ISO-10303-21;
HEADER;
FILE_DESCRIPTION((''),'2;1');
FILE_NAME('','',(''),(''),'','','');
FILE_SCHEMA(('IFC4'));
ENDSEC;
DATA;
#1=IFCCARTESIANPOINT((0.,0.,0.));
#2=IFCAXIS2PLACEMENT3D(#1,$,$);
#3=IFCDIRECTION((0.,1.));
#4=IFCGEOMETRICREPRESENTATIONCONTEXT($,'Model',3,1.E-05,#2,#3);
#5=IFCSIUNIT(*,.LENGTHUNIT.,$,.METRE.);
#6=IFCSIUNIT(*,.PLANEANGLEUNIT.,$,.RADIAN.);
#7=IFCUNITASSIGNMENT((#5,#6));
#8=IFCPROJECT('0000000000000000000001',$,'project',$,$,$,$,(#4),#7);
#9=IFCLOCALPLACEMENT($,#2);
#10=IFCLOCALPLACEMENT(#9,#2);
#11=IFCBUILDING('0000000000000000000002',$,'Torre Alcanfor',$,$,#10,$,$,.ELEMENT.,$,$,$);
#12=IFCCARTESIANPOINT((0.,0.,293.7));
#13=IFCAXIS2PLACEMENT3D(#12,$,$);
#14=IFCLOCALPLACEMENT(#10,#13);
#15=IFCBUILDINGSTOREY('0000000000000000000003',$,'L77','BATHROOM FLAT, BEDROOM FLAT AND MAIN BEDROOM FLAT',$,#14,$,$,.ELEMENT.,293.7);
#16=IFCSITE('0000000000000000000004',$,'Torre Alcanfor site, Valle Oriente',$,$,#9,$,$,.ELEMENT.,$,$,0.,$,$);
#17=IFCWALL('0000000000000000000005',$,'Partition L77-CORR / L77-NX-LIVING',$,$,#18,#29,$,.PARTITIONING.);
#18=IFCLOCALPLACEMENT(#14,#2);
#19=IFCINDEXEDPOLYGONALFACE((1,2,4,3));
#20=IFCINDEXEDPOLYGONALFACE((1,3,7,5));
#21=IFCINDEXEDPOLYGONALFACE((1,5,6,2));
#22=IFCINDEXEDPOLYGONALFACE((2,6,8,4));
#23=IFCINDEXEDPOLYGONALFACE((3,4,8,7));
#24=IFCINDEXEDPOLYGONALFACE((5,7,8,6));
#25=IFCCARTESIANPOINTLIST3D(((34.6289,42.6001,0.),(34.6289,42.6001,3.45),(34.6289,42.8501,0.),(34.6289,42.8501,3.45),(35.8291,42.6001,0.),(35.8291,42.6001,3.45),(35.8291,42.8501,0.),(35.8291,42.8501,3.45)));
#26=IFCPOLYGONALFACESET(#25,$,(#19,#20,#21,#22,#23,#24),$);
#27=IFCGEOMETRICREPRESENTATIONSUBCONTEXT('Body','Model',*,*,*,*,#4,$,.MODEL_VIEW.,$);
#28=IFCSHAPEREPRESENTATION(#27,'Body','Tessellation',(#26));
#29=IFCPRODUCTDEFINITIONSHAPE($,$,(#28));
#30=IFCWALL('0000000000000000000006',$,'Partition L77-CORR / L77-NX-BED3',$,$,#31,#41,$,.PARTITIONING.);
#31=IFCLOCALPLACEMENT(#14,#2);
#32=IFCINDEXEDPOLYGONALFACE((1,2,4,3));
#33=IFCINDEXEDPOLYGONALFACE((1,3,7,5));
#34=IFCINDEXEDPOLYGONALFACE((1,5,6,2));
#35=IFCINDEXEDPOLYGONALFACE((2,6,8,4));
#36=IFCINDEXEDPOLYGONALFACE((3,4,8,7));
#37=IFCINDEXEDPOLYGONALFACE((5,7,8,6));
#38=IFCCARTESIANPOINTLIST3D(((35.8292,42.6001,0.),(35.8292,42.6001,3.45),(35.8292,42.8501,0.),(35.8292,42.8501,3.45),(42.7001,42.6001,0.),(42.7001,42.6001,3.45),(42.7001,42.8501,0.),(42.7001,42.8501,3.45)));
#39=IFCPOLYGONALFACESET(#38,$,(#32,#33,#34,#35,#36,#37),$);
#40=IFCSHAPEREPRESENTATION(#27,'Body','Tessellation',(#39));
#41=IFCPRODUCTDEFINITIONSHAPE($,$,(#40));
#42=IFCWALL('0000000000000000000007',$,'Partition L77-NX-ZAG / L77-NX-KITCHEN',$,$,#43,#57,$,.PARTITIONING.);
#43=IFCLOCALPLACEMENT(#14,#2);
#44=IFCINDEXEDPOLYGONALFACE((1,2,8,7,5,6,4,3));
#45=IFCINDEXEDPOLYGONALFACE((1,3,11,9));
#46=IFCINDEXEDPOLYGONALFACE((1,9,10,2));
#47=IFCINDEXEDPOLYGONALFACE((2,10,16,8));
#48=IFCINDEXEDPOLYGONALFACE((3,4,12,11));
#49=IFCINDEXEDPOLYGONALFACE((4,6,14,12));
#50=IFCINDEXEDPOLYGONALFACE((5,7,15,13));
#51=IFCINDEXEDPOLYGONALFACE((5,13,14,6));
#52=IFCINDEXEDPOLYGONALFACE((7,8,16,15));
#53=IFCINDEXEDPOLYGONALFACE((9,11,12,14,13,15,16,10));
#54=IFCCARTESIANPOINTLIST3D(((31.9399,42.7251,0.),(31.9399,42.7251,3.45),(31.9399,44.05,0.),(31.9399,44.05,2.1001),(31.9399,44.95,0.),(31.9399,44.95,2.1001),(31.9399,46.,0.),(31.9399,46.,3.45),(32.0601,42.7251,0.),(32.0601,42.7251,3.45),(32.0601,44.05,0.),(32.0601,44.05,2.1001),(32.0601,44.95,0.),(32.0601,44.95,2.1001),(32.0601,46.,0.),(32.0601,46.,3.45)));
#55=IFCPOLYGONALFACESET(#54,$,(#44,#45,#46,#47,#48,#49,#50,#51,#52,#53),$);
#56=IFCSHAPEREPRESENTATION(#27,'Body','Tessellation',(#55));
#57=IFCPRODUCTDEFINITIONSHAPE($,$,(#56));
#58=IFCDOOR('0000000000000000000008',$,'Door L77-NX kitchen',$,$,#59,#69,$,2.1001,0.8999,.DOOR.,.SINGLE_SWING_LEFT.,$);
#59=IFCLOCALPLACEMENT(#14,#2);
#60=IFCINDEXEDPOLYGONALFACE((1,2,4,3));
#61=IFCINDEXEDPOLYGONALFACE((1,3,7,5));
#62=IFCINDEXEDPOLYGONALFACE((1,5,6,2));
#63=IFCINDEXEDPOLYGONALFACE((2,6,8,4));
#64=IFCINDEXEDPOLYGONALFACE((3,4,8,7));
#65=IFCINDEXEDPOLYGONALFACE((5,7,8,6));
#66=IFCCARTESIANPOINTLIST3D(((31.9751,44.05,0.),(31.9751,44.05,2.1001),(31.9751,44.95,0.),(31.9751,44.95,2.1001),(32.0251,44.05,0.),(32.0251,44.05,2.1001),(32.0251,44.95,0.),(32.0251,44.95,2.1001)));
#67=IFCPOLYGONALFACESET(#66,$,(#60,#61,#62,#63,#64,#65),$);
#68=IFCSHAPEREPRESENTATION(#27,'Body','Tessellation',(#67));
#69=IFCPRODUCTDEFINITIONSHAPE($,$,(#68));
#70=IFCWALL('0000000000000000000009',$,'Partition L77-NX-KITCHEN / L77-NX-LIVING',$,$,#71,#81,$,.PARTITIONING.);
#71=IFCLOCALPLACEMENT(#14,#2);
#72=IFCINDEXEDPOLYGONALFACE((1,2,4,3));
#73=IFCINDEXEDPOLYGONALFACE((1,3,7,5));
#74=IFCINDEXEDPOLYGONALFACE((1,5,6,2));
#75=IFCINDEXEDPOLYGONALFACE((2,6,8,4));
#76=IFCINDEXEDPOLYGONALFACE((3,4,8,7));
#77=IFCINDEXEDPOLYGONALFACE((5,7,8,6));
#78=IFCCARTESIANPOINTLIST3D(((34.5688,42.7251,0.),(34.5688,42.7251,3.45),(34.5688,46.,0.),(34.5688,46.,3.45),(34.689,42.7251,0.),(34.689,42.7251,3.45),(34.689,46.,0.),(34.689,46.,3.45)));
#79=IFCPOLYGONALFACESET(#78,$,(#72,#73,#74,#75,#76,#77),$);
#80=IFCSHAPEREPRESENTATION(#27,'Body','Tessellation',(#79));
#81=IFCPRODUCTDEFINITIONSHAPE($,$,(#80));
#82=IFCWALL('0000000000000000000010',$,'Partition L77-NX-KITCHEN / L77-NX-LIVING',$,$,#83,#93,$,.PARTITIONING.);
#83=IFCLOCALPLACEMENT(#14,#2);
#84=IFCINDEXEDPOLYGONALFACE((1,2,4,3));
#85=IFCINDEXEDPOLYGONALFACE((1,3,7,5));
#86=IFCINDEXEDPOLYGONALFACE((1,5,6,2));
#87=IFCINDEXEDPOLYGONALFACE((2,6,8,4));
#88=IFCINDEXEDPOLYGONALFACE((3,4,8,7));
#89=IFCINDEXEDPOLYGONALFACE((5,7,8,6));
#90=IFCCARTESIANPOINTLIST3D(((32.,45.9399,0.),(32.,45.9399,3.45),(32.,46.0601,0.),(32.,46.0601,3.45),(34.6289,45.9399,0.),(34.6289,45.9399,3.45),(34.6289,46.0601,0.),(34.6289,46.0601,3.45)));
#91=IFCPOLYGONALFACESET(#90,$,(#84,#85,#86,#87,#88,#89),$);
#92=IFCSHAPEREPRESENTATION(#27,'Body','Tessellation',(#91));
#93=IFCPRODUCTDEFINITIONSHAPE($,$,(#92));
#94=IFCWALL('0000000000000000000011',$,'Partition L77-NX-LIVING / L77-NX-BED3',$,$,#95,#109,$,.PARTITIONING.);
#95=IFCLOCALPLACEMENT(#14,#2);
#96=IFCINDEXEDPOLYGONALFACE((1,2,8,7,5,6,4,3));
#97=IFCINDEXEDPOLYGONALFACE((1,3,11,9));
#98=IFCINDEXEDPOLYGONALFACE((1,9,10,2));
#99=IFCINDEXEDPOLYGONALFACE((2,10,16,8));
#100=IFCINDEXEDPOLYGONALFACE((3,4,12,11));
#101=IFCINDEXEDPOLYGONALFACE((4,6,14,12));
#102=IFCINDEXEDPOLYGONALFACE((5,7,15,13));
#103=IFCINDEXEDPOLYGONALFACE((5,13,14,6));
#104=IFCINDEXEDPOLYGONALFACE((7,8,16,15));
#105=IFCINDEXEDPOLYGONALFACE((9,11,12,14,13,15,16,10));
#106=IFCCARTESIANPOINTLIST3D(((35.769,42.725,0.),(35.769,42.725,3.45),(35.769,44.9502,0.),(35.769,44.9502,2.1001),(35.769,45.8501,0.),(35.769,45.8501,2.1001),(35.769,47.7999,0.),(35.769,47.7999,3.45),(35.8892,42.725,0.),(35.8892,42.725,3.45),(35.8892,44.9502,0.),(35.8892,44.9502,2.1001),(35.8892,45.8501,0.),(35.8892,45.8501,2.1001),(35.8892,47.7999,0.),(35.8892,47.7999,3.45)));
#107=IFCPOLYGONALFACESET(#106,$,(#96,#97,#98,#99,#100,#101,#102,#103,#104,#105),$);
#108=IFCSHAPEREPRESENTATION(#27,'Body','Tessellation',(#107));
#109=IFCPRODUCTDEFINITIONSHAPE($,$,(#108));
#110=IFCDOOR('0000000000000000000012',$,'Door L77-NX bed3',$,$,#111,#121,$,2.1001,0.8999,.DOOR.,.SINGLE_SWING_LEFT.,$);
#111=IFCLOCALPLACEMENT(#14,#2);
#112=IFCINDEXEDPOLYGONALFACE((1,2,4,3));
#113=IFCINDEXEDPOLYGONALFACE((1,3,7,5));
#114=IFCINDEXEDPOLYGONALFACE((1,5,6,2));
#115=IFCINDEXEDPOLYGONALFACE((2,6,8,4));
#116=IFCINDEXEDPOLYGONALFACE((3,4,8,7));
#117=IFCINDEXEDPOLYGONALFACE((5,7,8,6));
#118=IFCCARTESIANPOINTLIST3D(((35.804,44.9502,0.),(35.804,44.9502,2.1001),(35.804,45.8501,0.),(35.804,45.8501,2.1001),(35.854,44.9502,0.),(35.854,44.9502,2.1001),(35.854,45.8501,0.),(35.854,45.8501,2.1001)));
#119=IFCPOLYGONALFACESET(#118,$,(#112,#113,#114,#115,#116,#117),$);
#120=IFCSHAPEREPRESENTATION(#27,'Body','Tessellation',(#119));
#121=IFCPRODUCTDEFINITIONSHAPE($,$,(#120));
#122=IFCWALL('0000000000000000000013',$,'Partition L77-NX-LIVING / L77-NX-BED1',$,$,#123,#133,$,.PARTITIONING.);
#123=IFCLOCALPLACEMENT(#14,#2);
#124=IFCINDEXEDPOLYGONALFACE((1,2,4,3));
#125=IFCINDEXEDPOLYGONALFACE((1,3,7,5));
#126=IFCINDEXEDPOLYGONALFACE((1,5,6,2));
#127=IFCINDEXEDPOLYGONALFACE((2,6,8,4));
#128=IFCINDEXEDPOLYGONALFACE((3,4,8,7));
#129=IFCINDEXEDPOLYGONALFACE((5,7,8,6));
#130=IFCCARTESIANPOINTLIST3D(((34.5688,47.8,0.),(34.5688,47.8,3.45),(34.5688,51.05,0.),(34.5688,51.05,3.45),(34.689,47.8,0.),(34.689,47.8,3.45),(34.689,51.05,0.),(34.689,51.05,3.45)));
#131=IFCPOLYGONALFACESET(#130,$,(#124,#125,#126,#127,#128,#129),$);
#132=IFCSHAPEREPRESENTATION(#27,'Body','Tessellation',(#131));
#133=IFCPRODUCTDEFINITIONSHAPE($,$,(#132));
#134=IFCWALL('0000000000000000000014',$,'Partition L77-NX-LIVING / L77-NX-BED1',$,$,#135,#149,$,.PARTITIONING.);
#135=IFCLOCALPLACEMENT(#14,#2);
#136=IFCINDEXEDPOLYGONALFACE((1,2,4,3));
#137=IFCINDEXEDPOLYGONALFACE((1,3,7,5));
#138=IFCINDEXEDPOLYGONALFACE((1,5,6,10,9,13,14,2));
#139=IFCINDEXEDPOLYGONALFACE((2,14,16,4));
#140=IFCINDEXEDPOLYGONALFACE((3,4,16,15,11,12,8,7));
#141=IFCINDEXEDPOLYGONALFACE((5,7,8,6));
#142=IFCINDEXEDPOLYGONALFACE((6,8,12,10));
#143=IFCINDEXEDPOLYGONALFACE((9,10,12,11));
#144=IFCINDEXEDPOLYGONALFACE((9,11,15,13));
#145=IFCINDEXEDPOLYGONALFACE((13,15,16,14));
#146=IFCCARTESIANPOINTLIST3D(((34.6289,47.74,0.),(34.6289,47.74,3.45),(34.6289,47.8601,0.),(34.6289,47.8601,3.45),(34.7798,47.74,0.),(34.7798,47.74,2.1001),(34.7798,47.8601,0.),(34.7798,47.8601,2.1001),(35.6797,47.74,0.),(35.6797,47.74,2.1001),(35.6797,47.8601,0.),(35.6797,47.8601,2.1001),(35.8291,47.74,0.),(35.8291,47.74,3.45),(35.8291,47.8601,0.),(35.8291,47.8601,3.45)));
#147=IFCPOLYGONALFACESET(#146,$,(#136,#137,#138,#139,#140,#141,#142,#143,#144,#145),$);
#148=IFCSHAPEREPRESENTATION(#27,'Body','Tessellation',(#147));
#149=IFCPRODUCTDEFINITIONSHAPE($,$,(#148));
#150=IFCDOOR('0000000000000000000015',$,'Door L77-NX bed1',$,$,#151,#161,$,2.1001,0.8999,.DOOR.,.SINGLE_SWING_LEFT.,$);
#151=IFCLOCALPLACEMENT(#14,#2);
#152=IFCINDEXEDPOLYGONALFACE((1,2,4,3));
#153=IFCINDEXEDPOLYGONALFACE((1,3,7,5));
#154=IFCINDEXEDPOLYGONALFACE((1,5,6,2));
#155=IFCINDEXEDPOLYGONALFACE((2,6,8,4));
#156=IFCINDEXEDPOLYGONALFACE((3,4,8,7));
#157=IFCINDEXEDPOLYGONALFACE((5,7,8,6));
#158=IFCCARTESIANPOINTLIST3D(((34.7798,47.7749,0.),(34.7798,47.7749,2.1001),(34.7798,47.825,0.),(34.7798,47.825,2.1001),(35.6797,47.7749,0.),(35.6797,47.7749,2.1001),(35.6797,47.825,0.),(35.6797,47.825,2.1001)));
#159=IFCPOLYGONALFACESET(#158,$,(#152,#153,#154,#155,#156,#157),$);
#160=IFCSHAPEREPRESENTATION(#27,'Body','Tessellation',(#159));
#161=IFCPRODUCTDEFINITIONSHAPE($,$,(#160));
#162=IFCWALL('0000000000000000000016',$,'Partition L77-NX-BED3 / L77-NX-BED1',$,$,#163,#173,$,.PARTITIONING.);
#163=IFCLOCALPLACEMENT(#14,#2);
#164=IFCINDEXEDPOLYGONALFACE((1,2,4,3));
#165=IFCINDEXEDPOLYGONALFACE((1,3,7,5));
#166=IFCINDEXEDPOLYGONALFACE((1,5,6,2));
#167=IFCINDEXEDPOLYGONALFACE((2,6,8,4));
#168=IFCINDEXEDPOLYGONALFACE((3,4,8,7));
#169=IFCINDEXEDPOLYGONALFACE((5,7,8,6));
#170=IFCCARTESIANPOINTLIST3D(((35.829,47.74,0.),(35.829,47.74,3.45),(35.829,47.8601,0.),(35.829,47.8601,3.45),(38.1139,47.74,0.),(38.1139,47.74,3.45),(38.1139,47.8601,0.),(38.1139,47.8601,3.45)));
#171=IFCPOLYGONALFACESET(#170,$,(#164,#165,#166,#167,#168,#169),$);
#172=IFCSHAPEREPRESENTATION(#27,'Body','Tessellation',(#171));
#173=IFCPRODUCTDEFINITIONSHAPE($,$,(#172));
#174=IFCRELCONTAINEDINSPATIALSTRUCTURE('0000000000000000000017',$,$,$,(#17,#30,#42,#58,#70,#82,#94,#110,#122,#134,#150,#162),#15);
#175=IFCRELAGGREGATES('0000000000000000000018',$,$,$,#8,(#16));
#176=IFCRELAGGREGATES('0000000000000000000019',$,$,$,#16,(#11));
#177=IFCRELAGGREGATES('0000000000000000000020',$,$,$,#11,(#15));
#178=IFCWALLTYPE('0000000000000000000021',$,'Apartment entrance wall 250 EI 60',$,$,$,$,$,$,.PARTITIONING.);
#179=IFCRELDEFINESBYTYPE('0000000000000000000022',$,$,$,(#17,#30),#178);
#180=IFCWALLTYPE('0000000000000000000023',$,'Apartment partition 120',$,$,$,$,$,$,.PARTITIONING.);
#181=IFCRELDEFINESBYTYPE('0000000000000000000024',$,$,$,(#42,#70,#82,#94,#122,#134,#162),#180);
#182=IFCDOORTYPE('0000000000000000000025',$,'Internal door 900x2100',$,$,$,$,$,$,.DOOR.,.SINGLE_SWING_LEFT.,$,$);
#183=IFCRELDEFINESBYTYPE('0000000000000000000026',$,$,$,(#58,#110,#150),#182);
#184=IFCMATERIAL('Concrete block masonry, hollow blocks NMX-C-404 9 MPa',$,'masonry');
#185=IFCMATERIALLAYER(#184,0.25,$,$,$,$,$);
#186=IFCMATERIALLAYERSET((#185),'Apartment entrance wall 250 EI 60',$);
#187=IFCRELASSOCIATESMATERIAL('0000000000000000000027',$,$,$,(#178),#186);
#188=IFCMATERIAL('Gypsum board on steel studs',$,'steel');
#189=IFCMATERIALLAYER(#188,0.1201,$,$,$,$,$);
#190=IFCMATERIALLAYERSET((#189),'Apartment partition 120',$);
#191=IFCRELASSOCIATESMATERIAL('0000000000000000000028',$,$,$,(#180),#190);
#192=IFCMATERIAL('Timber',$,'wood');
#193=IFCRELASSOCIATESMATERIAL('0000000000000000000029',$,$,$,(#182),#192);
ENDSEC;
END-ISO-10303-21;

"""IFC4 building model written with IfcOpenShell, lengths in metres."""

from ifc_helpers import new_model, si_unit, direction, frame, frame_2d, origin, place, context, subcontext, project, spatial, rectangle, extrude, material, layer, layer_set, type_object, element, fill, save


model = new_model("IFC4")

# Units and contexts
model_context = context("Model", 3, precision=1e-05, world=origin(), true_north=direction((0.0, 1.0)))
body_context = subcontext(model_context, "Body", "Model", "MODEL_VIEW")
ifc_project = project(units=[si_unit("LENGTHUNIT", "METRE"), si_unit("PLANEANGLEUNIT", "RADIAN")], contexts=[model_context])

# Site, building, storey
site_placement = place(None, origin())
site = spatial("IfcSite", under=ifc_project, at=site_placement, Name="Torre Alcanfor site, Valle Oriente", CompositionType="ELEMENT", RefElevation=0.0)
building_placement = place(site_placement, origin())
building = spatial("IfcBuilding", under=site, at=building_placement, Name="Torre Alcanfor", CompositionType="ELEMENT")
storey_placement = place(building_placement, frame((0.0, 0.0, 293.7)))
storey = spatial("IfcBuildingStorey", under=building, at=storey_placement, Name="L77", Description="BATHROOM FLAT, BEDROOM FLAT AND MAIN BEDROOM FLAT", CompositionType="ELEMENT", Elevation=293.7)

# Walls
ifc_material_1 = material(Name="Concrete block masonry, hollow blocks NMX-C-404 9 MPa", Category="masonry")
ifc_layer_1 = layer(ifc_material_1, 0.25)
ifc_layer_set_1 = layer_set([ifc_layer_1], Name="Apartment entrance wall 250 EI 60")
wall_type_1 = type_object("IfcWallType", Name="Apartment entrance wall 250 EI 60", PredefinedType="PARTITIONING", material=ifc_layer_set_1)
wall_1_placement = place(storey_placement, frame((34.6289, 42.7251, 0.0), z_axis=(0.0, 0.0, 1.0), x_axis=(1.0, 0.0, 0.0)))
element("IfcWall", 1, at=wall_1_placement, inside=storey, type_object=wall_type_1, Name="Partition L77-CORR / L77-NX-LIVING", PredefinedType="PARTITIONING", context=body_context, shape_type="SweptSolid", body=[
    extrude(rectangle(XDim=1.2002, YDim=0.25, at=frame_2d((0.6001, 0.0))), origin(), (0.0, 0.0, 1.0), 3.45),
])
wall_2_placement = place(storey_placement, frame((35.8291, 42.7251, 0.0), z_axis=(0.0, 0.0, 1.0), x_axis=(1.0, 0.0, 0.0)))
element("IfcWall", 2, at=wall_2_placement, inside=storey, type_object=wall_type_1, Name="Partition L77-CORR / L77-NX-BED3", PredefinedType="PARTITIONING", context=body_context, shape_type="SweptSolid", body=[
    extrude(rectangle(XDim=6.8708, YDim=0.25, at=frame_2d((3.4355, 0.0))), origin(), (0.0, 0.0, 1.0), 3.45),
])

# Wall, opening, door
ifc_material_2 = material(Name="Gypsum board on steel studs", Category="steel")
ifc_layer_2 = layer(ifc_material_2, 0.1201)
ifc_layer_set_2 = layer_set([ifc_layer_2], Name="Apartment partition 120")
wall_type_2 = type_object("IfcWallType", Name="Apartment partition 120", PredefinedType="PARTITIONING", material=ifc_layer_set_2)
wall_3_placement = place(storey_placement, frame((32.0, 42.7251, 0.0), z_axis=(0.0, 0.0, 1.0), x_axis=(0.0, 1.0, 0.0)))
wall_3 = element("IfcWall", 3, at=wall_3_placement, inside=storey, type_object=wall_type_2, Name="Partition L77-NX-ZAG / L77-NX-KITCHEN", PredefinedType="PARTITIONING", context=body_context, shape_type="SweptSolid", body=[
    extrude(rectangle(XDim=3.2749, YDim=0.1201, at=frame_2d((1.6375, 0.0))), origin(), (0.0, 0.0, 1.0), 3.45),
])
opening_1_placement = place(wall_3_placement, frame((1.325, 0.0, 0.0)))
opening_1 = element("IfcOpeningElement", 4, at=opening_1_placement, cuts=wall_3, PredefinedType="OPENING", context=body_context, shape_type="SweptSolid", body=[
    extrude(rectangle(XDim=0.8999, YDim=2.1001, at=frame_2d((0.45, 1.05))), frame((0.0, 0.0701, 0.0), z_axis=(0.0, -1.0, 0.0), x_axis=(1.0, 0.0, 0.0)), (0.0, 0.0, 1.0), 0.1401),
])
ifc_material_3 = material(Name="Timber", Category="wood")
door_type_1 = type_object("IfcDoorType", Name="Internal door 900x2100", OperationType="SINGLE_SWING_LEFT", PredefinedType="DOOR", material=ifc_material_3)
door_1_placement = place(opening_1_placement, frame((0.8999, 0.0, 0.0), z_axis=(0.0, 0.0, 1.0), x_axis=(-1.0, 0.0, 0.0)))
door_1 = element("IfcDoor", 5, at=door_1_placement, inside=storey, type_object=door_type_1, Name="Door L77-NX kitchen", OperationType="SINGLE_SWING_LEFT", OverallHeight=2.1001, OverallWidth=0.8999, PredefinedType="DOOR", context=body_context, shape_type="SweptSolid", body=[
    extrude(rectangle(XDim=0.8999, YDim=2.1001, at=frame_2d((0.45, 1.05))), frame((0.0, 0.0251, 0.0), z_axis=(0.0, -1.0, 0.0), x_axis=(1.0, 0.0, 0.0)), (0.0, 0.0, 1.0), 0.05),
])
fill(opening_1, door_1)

# Walls
wall_4_placement = place(storey_placement, frame((34.6289, 42.7251, 0.0), z_axis=(0.0, 0.0, 1.0), x_axis=(0.0, 1.0, 0.0)))
element("IfcWall", 6, at=wall_4_placement, inside=storey, type_object=wall_type_2, Name="Partition L77-NX-KITCHEN / L77-NX-LIVING", PredefinedType="PARTITIONING", context=body_context, shape_type="SweptSolid", body=[
    extrude(rectangle(XDim=3.2749, YDim=0.1201, at=frame_2d((1.6375, 0.0))), origin(), (0.0, 0.0, 1.0), 3.45),
])
wall_5_placement = place(storey_placement, frame((34.6289, 46.0, 0.0), z_axis=(0.0, 0.0, 1.0), x_axis=(-1.0, 0.0, 0.0)))
element("IfcWall", 7, at=wall_5_placement, inside=storey, type_object=wall_type_2, Name="Partition L77-NX-KITCHEN / L77-NX-LIVING", PredefinedType="PARTITIONING", context=body_context, shape_type="SweptSolid", body=[
    extrude(rectangle(XDim=2.6289, YDim=0.1201, at=frame_2d((1.3145, 0.0))), origin(), (0.0, 0.0, 1.0), 3.45),
])

# Wall, opening, door
wall_6_placement = place(storey_placement, frame((35.8291, 47.8, 0.0), z_axis=(0.0, 0.0, 1.0), x_axis=(0.0, -1.0, 0.0)))
wall_6 = element("IfcWall", 8, at=wall_6_placement, inside=storey, type_object=wall_type_2, Name="Partition L77-NX-LIVING / L77-NX-BED3", PredefinedType="PARTITIONING", context=body_context, shape_type="SweptSolid", body=[
    extrude(rectangle(XDim=5.075, YDim=0.1201, at=frame_2d((2.5376, 0.0))), origin(), (0.0, 0.0, 1.0), 3.45),
])
opening_2_placement = place(wall_6_placement, frame((1.95, 0.0, 0.0)))
opening_2 = element("IfcOpeningElement", 9, at=opening_2_placement, cuts=wall_6, PredefinedType="OPENING", context=body_context, shape_type="SweptSolid", body=[
    extrude(rectangle(XDim=0.8999, YDim=2.1001, at=frame_2d((0.45, 1.05))), frame((0.0, 0.0701, 0.0), z_axis=(0.0, -1.0, 0.0), x_axis=(1.0, 0.0, 0.0)), (0.0, 0.0, 1.0), 0.1401),
])
door_2_placement = place(opening_2_placement, origin())
door_2 = element("IfcDoor", 10, at=door_2_placement, inside=storey, type_object=door_type_1, Name="Door L77-NX bed3", OperationType="SINGLE_SWING_LEFT", OverallHeight=2.1001, OverallWidth=0.8999, PredefinedType="DOOR", context=body_context, shape_type="SweptSolid", body=[
    extrude(rectangle(XDim=0.8999, YDim=2.1001, at=frame_2d((0.45, 1.05))), frame((0.0, 0.0249, 0.0), z_axis=(0.0, -1.0, 0.0), x_axis=(1.0, 0.0, 0.0)), (0.0, 0.0, 1.0), 0.05),
])
fill(opening_2, door_2)

# Wall
wall_7_placement = place(storey_placement, frame((34.6289, 51.05, 0.0), z_axis=(0.0, 0.0, 1.0), x_axis=(0.0, -1.0, 0.0)))
element("IfcWall", 11, at=wall_7_placement, inside=storey, type_object=wall_type_2, Name="Partition L77-NX-LIVING / L77-NX-BED1", PredefinedType="PARTITIONING", context=body_context, shape_type="SweptSolid", body=[
    extrude(rectangle(XDim=3.25, YDim=0.1201, at=frame_2d((1.625, 0.0))), origin(), (0.0, 0.0, 1.0), 3.45),
])

# Wall, opening, door
wall_8_placement = place(storey_placement, frame((34.6289, 47.8, 0.0), z_axis=(0.0, 0.0, 1.0), x_axis=(1.0, 0.0, 0.0)))
wall_8 = element("IfcWall", 12, at=wall_8_placement, inside=storey, type_object=wall_type_2, Name="Partition L77-NX-LIVING / L77-NX-BED1", PredefinedType="PARTITIONING", context=body_context, shape_type="SweptSolid", body=[
    extrude(rectangle(XDim=1.2002, YDim=0.1201, at=frame_2d((0.6001, 0.0))), origin(), (0.0, 0.0, 1.0), 3.45),
])
opening_3_placement = place(wall_8_placement, frame((0.1509, 0.0, 0.0)))
opening_3 = element("IfcOpeningElement", 13, at=opening_3_placement, cuts=wall_8, PredefinedType="OPENING", context=body_context, shape_type="SweptSolid", body=[
    extrude(rectangle(XDim=0.8999, YDim=2.1001, at=frame_2d((0.45, 1.05))), frame((0.0, 0.0701, 0.0), z_axis=(0.0, -1.0, 0.0), x_axis=(1.0, 0.0, 0.0)), (0.0, 0.0, 1.0), 0.1401),
])
door_3_placement = place(opening_3_placement, origin())
door_3 = element("IfcDoor", 14, at=door_3_placement, inside=storey, type_object=door_type_1, Name="Door L77-NX bed1", OperationType="SINGLE_SWING_LEFT", OverallHeight=2.1001, OverallWidth=0.8999, PredefinedType="DOOR", context=body_context, shape_type="SweptSolid", body=[
    extrude(rectangle(XDim=0.8999, YDim=2.1001, at=frame_2d((0.45, 1.05))), frame((0.0, 0.0249, 0.0), z_axis=(0.0, -1.0, 0.0), x_axis=(1.0, 0.0, 0.0)), (0.0, 0.0, 1.0), 0.05),
])
fill(opening_3, door_3)

# Wall
wall_9_placement = place(storey_placement, frame((38.114, 47.8, 0.0), z_axis=(0.0, 0.0, 1.0), x_axis=(-1.0, 0.0, 0.0)))
element("IfcWall", 15, at=wall_9_placement, inside=storey, type_object=wall_type_2, Name="Partition L77-NX-BED3 / L77-NX-BED1", PredefinedType="PARTITIONING", context=body_context, shape_type="SweptSolid", body=[
    extrude(rectangle(XDim=2.2849, YDim=0.1201, at=frame_2d((1.1426, 0.0))), origin(), (0.0, 0.0, 1.0), 3.45),
])

save(model, "model.ifc")
